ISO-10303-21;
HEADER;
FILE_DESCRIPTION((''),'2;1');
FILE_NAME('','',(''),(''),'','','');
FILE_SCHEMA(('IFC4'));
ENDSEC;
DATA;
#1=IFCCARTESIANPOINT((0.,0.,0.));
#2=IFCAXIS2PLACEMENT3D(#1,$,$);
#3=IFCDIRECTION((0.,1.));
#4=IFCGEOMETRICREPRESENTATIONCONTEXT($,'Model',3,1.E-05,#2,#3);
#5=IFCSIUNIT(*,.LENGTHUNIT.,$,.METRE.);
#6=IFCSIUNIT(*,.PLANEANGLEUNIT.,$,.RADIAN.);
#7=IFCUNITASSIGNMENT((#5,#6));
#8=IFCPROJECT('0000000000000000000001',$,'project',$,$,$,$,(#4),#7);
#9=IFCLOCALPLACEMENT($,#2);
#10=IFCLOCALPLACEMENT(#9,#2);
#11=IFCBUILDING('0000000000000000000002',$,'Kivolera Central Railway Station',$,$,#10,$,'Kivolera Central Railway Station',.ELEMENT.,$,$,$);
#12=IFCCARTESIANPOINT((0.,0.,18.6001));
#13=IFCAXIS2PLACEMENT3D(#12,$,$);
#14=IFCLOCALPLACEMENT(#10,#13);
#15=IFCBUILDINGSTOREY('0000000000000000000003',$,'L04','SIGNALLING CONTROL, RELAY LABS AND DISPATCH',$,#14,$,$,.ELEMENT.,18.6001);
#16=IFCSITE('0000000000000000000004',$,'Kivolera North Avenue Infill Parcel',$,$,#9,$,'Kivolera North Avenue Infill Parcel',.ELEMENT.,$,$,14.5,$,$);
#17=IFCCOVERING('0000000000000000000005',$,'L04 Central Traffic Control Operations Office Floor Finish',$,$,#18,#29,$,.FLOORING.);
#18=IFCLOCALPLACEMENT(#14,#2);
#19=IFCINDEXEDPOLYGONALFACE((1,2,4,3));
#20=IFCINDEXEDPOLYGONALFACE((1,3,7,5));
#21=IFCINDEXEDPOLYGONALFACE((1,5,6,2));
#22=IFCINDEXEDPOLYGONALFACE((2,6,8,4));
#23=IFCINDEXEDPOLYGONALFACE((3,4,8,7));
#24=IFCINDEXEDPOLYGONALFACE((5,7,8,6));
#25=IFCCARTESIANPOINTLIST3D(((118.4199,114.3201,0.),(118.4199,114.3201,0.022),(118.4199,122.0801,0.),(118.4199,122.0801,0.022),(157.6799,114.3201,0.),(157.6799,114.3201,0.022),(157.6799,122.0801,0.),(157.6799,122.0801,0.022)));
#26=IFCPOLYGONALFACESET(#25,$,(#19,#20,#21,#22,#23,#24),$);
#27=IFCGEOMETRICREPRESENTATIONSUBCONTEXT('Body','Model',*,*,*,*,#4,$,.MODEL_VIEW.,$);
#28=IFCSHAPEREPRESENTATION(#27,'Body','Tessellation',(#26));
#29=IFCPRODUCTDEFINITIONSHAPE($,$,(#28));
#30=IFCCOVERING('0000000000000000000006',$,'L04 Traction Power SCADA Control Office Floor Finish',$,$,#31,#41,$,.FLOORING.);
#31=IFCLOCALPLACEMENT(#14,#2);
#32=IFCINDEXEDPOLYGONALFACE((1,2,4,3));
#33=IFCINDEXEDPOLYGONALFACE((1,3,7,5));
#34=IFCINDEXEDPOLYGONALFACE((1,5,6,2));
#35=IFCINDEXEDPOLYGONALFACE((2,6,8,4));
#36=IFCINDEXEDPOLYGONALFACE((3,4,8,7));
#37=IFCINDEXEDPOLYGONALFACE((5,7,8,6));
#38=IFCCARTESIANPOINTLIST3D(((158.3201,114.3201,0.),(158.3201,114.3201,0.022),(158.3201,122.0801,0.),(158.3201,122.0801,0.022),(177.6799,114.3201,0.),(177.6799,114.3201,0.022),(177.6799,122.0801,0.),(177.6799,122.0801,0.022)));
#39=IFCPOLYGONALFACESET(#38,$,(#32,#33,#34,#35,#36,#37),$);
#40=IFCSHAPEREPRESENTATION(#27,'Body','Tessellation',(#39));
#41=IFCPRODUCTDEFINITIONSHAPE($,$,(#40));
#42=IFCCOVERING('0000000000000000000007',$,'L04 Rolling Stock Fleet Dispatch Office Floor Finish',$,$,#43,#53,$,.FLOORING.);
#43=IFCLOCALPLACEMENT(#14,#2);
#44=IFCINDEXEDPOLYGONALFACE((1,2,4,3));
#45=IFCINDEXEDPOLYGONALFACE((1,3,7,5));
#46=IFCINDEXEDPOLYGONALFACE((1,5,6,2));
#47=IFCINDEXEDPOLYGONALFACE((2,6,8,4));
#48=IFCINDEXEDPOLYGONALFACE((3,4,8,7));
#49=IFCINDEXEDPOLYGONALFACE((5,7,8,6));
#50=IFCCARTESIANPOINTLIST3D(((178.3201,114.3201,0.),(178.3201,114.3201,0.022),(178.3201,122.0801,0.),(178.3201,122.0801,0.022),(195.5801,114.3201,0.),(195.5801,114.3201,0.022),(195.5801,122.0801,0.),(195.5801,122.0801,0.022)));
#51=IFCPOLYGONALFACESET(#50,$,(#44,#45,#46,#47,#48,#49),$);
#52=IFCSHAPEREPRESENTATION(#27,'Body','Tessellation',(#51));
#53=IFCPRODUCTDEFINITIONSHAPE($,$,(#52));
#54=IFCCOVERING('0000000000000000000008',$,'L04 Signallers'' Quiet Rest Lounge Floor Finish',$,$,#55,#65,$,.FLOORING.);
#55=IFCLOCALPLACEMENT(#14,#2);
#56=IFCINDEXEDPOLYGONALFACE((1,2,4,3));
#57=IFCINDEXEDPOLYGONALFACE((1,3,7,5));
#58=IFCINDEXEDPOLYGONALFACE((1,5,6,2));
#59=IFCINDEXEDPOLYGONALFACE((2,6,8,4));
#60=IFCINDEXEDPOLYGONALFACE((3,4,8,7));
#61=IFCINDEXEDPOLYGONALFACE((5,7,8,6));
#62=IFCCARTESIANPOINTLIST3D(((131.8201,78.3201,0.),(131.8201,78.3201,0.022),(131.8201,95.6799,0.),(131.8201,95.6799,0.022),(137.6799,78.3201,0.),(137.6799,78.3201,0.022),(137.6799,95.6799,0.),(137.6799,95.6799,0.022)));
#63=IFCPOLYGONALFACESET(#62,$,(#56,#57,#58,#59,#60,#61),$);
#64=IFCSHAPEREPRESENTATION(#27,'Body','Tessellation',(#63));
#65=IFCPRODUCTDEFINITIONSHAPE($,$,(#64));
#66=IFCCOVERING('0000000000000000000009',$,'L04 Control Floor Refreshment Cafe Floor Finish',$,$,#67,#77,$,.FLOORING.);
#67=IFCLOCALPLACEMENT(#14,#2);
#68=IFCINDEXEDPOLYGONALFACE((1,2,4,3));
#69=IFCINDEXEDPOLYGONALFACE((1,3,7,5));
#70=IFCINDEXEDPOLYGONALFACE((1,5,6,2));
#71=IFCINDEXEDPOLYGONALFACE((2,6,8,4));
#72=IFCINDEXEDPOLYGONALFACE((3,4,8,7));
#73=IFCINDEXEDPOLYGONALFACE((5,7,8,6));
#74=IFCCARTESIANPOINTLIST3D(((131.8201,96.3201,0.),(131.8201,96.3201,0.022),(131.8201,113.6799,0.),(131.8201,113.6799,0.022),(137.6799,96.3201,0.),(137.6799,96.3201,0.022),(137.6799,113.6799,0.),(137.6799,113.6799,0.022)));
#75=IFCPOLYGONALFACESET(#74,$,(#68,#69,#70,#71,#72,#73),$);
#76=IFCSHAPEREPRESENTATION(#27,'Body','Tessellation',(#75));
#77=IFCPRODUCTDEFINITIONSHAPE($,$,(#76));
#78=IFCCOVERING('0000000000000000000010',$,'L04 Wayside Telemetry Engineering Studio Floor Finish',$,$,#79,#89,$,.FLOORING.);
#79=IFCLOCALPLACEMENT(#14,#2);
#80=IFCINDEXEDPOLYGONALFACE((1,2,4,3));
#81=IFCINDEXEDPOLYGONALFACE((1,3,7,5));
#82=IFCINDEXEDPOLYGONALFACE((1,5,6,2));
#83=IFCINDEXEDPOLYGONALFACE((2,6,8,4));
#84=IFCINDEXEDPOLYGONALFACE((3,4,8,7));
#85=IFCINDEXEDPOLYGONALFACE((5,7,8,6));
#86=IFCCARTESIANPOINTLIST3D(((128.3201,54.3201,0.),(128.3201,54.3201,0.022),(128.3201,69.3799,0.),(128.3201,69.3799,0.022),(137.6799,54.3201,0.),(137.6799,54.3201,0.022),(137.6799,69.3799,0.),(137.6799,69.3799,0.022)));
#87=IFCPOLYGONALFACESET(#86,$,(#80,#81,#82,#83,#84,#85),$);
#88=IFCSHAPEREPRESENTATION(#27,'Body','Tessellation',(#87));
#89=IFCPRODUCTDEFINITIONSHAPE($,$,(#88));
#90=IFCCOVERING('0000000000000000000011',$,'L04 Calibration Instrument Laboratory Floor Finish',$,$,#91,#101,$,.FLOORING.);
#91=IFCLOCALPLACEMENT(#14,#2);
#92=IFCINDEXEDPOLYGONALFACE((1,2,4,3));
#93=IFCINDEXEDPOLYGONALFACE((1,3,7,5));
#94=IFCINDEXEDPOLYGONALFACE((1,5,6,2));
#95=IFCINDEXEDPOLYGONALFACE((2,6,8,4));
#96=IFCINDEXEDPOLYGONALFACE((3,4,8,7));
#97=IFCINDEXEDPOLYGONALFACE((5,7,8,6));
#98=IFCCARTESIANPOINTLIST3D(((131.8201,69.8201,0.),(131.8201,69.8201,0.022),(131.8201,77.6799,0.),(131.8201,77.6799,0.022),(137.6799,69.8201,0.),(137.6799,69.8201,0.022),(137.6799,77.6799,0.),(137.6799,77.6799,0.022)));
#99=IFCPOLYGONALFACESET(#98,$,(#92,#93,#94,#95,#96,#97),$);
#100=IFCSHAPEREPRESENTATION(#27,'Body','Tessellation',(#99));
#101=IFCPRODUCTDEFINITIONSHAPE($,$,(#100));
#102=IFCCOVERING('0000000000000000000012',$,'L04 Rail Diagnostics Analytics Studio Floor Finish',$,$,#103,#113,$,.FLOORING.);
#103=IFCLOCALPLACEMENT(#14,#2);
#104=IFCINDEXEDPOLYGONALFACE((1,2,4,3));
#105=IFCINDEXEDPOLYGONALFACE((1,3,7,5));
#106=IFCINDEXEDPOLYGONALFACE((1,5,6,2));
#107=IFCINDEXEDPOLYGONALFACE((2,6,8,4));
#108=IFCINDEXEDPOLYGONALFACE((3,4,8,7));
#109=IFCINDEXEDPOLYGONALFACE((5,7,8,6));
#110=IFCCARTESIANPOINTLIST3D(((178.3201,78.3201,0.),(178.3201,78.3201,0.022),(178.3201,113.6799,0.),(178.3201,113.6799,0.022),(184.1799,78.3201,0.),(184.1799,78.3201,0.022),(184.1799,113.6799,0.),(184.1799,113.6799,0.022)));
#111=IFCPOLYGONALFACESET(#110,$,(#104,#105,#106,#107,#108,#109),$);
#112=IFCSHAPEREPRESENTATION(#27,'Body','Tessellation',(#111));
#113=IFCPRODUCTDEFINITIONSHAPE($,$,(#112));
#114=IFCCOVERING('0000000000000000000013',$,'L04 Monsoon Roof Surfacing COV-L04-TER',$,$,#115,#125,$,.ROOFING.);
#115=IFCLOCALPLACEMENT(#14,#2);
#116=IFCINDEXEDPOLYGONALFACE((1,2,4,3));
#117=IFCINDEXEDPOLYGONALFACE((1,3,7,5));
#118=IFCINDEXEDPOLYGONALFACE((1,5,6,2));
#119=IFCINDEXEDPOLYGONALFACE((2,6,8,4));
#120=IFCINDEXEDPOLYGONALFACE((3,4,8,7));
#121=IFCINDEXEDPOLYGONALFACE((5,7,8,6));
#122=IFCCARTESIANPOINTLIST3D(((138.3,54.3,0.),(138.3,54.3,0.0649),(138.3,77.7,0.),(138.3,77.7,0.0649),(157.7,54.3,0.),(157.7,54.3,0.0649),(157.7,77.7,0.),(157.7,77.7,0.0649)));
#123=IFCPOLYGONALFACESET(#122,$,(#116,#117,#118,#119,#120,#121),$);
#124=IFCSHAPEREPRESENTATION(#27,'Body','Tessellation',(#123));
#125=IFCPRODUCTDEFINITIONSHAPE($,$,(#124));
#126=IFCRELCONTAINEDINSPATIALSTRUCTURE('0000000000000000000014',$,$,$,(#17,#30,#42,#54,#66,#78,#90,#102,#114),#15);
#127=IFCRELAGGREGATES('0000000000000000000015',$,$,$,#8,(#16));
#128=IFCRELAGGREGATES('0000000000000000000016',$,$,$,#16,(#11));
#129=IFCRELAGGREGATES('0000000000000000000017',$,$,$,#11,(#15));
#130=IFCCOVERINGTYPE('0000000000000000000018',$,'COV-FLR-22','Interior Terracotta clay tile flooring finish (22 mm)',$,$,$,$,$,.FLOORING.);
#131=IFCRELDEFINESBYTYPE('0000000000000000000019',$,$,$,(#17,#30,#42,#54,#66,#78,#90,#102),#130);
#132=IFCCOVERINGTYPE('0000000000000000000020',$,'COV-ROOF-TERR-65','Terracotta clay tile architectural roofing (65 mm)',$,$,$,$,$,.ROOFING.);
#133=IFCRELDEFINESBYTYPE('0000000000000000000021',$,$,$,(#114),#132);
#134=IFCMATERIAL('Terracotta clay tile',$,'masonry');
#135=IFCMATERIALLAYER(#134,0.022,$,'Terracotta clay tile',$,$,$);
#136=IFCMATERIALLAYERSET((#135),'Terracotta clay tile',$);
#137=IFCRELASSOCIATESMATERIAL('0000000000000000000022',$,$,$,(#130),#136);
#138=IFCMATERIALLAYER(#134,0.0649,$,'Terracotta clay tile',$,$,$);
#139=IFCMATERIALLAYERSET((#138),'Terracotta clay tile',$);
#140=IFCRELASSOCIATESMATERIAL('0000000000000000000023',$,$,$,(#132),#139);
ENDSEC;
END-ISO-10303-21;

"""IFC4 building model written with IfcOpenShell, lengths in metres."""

from ifc_helpers import new_model, si_unit, direction, frame, origin, place, context, subcontext, project, spatial, polyline, outline, extrude, material, layer, layer_set, type_object, element, save


model = new_model("IFC4")

# Units and contexts
model_context = context("Model", 3, precision=1e-05, world=origin(), true_north=direction((0.0, 1.0)))
body_context = subcontext(model_context, "Body", "Model", "MODEL_VIEW")
ifc_project = project(units=[si_unit("LENGTHUNIT", "METRE"), si_unit("PLANEANGLEUNIT", "RADIAN")], contexts=[model_context])

# Site, building, storey
site_placement = place(None, origin())
site = spatial("IfcSite", under=ifc_project, at=site_placement, Name="Kivolera North Avenue Infill Parcel", LongName="Kivolera North Avenue Infill Parcel", CompositionType="ELEMENT", RefElevation=14.5)
building_placement = place(site_placement, origin())
building = spatial("IfcBuilding", under=site, at=building_placement, Name="Kivolera Central Railway Station", LongName="Kivolera Central Railway Station", CompositionType="ELEMENT")
storey_placement = place(building_placement, frame((0.0, 0.0, 18.6001)))
storey = spatial("IfcBuildingStorey", under=building, at=storey_placement, Name="L04", Description="SIGNALLING CONTROL, RELAY LABS AND DISPATCH", CompositionType="ELEMENT", Elevation=18.6001)

# Coverings
ifc_material_1 = material(Name="Terracotta clay tile", Category="masonry")
ifc_layer_1 = layer(ifc_material_1, 0.022, Name="Terracotta clay tile")
ifc_layer_set_1 = layer_set([ifc_layer_1], Name="Terracotta clay tile")
covering_type_1 = type_object("IfcCoveringType", Name="COV-FLR-22", Description="Interior Terracotta clay tile flooring finish (22 mm)", PredefinedType="FLOORING", material=ifc_layer_set_1)
covering_1_placement = place(storey_placement, origin())
element("IfcCovering", 1, at=covering_1_placement, inside=storey, type_object=covering_type_1, Name="L04 Central Traffic Control Operations Office Floor Finish", PredefinedType="FLOORING", context=body_context, shape_type="SweptSolid", body=[
    extrude(outline(polyline([(118.4199, 114.3201), (157.6799, 114.3201), (157.6799, 122.0801), (118.4199, 122.0801), (118.4199, 114.3201)])), origin(), (0.0, 0.0, 1.0), 0.022),
])
covering_2_placement = place(storey_placement, origin())
element("IfcCovering", 2, at=covering_2_placement, inside=storey, type_object=covering_type_1, Name="L04 Traction Power SCADA Control Office Floor Finish", PredefinedType="FLOORING", context=body_context, shape_type="SweptSolid", body=[
    extrude(outline(polyline([(158.3201, 114.3201), (177.6799, 114.3201), (177.6799, 122.0801), (158.3201, 122.0801), (158.3201, 114.3201)])), origin(), (0.0, 0.0, 1.0), 0.022),
])
covering_3_placement = place(storey_placement, origin())
element("IfcCovering", 3, at=covering_3_placement, inside=storey, type_object=covering_type_1, Name="L04 Rolling Stock Fleet Dispatch Office Floor Finish", PredefinedType="FLOORING", context=body_context, shape_type="SweptSolid", body=[
    extrude(outline(polyline([(178.3201, 114.3201), (195.5801, 114.3201), (195.5801, 122.0801), (178.3201, 122.0801), (178.3201, 114.3201)])), origin(), (0.0, 0.0, 1.0), 0.022),
])
covering_4_placement = place(storey_placement, origin())
element("IfcCovering", 4, at=covering_4_placement, inside=storey, type_object=covering_type_1, Name="L04 Signallers' Quiet Rest Lounge Floor Finish", PredefinedType="FLOORING", context=body_context, shape_type="SweptSolid", body=[
    extrude(outline(polyline([(131.8201, 78.3201), (137.6799, 78.3201), (137.6799, 95.6799), (131.8201, 95.6799), (131.8201, 78.3201)])), origin(), (0.0, 0.0, 1.0), 0.022),
])
covering_5_placement = place(storey_placement, origin())
element("IfcCovering", 5, at=covering_5_placement, inside=storey, type_object=covering_type_1, Name="L04 Control Floor Refreshment Cafe Floor Finish", PredefinedType="FLOORING", context=body_context, shape_type="SweptSolid", body=[
    extrude(outline(polyline([(131.8201, 96.3201), (137.6799, 96.3201), (137.6799, 113.6799), (131.8201, 113.6799), (131.8201, 96.3201)])), origin(), (0.0, 0.0, 1.0), 0.022),
])
covering_6_placement = place(storey_placement, origin())
element("IfcCovering", 6, at=covering_6_placement, inside=storey, type_object=covering_type_1, Name="L04 Wayside Telemetry Engineering Studio Floor Finish", PredefinedType="FLOORING", context=body_context, shape_type="SweptSolid", body=[
    extrude(outline(polyline([(128.3201, 54.3201), (137.6799, 54.3201), (137.6799, 69.3799), (128.3201, 69.3799), (128.3201, 54.3201)])), origin(), (0.0, 0.0, 1.0), 0.022),
])
covering_7_placement = place(storey_placement, origin())
element("IfcCovering", 7, at=covering_7_placement, inside=storey, type_object=covering_type_1, Name="L04 Calibration Instrument Laboratory Floor Finish", PredefinedType="FLOORING", context=body_context, shape_type="SweptSolid", body=[
    extrude(outline(polyline([(131.8201, 69.8201), (137.6799, 69.8201), (137.6799, 77.6799), (131.8201, 77.6799), (131.8201, 69.8201)])), origin(), (0.0, 0.0, 1.0), 0.022),
])
covering_8_placement = place(storey_placement, origin())
element("IfcCovering", 8, at=covering_8_placement, inside=storey, type_object=covering_type_1, Name="L04 Rail Diagnostics Analytics Studio Floor Finish", PredefinedType="FLOORING", context=body_context, shape_type="SweptSolid", body=[
    extrude(outline(polyline([(178.3201, 78.3201), (184.1799, 78.3201), (184.1799, 113.6799), (178.3201, 113.6799), (178.3201, 78.3201)])), origin(), (0.0, 0.0, 1.0), 0.022),
])
ifc_layer_2 = layer(ifc_material_1, 0.0649, Name="Terracotta clay tile")
ifc_layer_set_2 = layer_set([ifc_layer_2], Name="Terracotta clay tile")
covering_type_2 = type_object("IfcCoveringType", Name="COV-ROOF-TERR-65", Description="Terracotta clay tile architectural roofing (65 mm)", PredefinedType="ROOFING", material=ifc_layer_set_2)
covering_9_placement = place(storey_placement, origin())
element("IfcCovering", 9, at=covering_9_placement, inside=storey, type_object=covering_type_2, Name="L04 Monsoon Roof Surfacing COV-L04-TER", PredefinedType="ROOFING", context=body_context, shape_type="SweptSolid", body=[
    extrude(outline(polyline([(138.3, 54.3), (157.7, 54.3), (157.7, 77.7), (138.3, 77.7), (138.3, 54.3)])), origin(), (0.0, 0.0, 1.0), 0.0649),
])

save(model, "model.ifc")
